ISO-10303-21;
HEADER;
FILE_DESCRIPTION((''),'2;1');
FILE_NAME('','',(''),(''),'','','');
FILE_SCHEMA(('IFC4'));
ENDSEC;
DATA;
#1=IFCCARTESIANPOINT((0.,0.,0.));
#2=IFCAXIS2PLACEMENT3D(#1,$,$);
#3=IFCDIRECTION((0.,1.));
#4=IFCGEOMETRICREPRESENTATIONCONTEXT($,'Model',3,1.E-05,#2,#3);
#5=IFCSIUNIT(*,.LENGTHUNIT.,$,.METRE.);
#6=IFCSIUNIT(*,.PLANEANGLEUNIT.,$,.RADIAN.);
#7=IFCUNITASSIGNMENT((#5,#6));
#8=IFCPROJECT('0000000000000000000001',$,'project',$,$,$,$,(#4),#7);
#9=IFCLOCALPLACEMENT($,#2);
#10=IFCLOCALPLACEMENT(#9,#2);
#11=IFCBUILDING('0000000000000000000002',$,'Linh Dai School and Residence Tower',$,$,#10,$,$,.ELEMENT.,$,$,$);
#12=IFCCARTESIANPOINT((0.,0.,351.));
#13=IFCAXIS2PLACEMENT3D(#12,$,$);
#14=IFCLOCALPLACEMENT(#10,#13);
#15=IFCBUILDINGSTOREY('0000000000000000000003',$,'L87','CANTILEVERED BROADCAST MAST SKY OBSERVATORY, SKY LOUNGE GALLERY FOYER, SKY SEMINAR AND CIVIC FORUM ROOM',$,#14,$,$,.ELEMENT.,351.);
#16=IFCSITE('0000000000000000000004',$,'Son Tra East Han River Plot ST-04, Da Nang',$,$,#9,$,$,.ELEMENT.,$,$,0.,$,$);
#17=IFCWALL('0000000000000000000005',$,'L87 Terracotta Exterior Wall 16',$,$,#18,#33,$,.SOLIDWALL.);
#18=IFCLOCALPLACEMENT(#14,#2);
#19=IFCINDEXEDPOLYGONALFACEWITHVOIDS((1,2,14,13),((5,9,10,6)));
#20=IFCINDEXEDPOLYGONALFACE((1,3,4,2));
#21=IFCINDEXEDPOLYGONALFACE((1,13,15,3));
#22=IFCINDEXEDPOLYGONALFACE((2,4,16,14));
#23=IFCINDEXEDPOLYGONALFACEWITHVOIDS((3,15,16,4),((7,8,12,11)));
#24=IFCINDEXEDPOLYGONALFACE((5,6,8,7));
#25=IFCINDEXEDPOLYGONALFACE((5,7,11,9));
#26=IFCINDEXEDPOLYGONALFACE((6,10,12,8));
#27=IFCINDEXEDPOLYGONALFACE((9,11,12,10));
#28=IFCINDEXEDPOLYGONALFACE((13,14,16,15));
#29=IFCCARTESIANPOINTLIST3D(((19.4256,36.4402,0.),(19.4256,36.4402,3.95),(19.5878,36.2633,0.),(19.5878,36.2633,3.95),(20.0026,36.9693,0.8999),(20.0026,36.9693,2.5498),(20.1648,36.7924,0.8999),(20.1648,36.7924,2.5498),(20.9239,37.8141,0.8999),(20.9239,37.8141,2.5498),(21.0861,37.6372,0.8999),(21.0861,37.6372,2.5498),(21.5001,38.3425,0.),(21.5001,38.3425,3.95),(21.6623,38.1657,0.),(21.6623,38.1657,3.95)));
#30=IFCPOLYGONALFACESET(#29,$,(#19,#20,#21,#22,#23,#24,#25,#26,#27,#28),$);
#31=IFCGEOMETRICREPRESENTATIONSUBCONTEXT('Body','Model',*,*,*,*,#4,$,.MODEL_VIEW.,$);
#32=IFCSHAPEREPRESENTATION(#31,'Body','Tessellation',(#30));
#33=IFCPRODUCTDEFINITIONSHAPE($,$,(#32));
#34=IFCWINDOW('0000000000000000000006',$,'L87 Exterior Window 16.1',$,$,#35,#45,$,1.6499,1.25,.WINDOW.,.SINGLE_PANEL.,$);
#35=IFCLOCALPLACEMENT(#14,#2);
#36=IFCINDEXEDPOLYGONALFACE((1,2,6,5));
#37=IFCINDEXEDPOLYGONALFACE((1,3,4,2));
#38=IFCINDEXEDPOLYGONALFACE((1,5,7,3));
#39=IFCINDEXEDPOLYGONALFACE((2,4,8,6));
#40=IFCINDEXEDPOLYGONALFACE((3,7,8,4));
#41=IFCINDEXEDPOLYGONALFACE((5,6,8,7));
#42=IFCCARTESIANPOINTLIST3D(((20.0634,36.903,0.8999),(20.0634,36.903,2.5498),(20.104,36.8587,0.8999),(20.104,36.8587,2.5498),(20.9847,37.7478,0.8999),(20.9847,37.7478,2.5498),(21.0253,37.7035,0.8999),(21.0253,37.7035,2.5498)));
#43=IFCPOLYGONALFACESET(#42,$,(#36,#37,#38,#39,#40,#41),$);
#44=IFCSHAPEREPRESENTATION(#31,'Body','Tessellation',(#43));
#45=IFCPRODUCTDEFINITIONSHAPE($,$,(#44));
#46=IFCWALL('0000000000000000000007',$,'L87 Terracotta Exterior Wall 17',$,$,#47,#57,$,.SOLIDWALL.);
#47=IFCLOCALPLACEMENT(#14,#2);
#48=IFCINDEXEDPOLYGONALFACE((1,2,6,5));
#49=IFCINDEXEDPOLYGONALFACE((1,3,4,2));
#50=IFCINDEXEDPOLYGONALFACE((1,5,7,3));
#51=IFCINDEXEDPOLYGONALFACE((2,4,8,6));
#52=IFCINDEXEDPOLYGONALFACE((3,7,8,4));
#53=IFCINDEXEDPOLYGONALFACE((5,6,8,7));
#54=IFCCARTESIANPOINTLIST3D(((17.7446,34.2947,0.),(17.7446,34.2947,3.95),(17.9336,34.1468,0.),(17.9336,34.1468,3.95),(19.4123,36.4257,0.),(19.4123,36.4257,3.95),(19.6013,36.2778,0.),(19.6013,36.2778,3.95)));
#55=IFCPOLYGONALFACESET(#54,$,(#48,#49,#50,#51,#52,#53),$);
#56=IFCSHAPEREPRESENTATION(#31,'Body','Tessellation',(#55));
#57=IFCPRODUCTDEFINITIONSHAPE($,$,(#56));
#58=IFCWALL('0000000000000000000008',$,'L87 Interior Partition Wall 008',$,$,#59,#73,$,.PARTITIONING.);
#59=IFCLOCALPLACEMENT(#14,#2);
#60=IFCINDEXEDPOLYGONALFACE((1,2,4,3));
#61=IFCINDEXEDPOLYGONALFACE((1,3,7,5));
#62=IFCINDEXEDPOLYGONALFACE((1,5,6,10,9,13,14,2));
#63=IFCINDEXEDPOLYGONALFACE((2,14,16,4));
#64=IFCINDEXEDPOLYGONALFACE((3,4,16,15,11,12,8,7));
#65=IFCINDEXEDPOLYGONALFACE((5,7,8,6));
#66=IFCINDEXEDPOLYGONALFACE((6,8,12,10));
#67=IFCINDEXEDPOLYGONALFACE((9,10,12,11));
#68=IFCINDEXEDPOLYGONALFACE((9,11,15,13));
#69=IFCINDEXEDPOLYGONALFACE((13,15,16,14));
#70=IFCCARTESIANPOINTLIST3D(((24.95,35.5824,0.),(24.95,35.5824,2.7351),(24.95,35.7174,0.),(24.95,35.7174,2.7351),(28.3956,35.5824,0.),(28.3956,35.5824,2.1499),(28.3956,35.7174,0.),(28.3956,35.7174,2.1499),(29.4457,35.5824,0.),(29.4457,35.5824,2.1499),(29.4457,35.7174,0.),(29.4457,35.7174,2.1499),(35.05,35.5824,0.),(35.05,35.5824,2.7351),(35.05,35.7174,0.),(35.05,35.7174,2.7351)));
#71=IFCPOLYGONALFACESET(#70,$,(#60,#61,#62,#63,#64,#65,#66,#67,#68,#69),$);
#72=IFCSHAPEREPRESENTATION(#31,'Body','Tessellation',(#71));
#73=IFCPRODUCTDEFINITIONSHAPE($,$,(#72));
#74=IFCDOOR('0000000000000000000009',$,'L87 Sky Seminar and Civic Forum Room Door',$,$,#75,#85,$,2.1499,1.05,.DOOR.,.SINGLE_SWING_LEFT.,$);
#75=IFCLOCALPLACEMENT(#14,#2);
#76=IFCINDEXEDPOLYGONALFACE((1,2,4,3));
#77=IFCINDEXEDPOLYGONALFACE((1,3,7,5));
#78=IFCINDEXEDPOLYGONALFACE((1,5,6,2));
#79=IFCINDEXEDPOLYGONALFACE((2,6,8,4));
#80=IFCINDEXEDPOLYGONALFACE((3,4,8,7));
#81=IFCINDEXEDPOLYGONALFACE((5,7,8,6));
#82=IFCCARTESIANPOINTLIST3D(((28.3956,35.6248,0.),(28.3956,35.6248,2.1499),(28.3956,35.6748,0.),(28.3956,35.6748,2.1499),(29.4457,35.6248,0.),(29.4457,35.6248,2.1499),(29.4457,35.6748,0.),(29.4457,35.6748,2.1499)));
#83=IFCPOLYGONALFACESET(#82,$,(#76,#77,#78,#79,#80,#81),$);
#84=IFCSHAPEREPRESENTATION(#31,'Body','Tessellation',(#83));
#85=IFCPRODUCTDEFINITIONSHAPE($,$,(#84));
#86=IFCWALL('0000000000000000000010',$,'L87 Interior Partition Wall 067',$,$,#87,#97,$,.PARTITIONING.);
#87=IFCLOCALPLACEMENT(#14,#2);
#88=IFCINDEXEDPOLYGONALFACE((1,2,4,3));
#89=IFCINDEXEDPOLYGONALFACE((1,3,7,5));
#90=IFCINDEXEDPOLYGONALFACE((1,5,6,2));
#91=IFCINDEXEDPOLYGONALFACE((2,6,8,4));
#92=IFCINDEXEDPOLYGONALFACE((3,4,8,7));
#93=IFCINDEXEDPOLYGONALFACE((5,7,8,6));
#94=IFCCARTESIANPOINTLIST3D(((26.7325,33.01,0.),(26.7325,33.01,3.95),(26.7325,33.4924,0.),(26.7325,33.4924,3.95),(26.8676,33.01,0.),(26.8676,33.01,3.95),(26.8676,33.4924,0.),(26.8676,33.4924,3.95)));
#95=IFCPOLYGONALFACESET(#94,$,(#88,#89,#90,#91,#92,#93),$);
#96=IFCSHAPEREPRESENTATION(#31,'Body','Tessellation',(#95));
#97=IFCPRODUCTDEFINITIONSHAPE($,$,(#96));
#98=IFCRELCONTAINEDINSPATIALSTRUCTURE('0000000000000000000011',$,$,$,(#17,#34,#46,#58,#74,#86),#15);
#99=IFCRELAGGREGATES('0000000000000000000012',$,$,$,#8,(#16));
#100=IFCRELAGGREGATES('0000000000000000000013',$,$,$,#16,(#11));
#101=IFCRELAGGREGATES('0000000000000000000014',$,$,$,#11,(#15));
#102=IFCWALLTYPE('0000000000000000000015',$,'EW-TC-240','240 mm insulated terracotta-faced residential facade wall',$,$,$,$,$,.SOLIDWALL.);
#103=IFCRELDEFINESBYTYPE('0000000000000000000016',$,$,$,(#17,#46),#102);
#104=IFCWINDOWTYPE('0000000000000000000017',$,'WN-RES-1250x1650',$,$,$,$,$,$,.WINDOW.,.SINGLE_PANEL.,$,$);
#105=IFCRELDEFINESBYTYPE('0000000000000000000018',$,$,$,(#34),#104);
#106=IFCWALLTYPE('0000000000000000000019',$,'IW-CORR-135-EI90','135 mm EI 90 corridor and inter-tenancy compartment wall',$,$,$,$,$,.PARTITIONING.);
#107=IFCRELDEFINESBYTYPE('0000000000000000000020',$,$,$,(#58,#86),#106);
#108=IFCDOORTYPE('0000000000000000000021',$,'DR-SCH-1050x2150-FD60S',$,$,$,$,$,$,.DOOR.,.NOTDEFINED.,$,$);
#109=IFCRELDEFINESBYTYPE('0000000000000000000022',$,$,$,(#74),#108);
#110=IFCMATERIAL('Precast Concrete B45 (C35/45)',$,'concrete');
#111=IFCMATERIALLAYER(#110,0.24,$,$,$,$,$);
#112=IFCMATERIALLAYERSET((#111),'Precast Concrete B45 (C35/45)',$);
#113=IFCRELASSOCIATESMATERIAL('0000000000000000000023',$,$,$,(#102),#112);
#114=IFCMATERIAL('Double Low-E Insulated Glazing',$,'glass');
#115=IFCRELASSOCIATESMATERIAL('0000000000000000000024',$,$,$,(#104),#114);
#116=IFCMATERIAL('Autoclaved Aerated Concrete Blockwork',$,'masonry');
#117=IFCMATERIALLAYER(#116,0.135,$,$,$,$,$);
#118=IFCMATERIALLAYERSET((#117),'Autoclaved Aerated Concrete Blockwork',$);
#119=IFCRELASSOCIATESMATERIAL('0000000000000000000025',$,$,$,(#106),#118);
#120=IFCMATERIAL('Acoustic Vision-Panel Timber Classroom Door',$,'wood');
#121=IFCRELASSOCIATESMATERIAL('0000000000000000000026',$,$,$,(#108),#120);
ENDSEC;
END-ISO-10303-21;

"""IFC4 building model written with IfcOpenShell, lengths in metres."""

from ifc_helpers import new_model, si_unit, direction, frame, frame_2d, origin, origin_2d, place, context, subcontext, project, spatial, rectangle, extrude, source, transform, mapped, material, layer, layer_set, type_object, element, fill, save


model = new_model("IFC4")

# Units and contexts
model_context = context("Model", 3, precision=1e-05, world=origin(), true_north=direction((0.0, 1.0)))
body_context = subcontext(model_context, "Body", "Model", "MODEL_VIEW")
ifc_project = project(units=[si_unit("LENGTHUNIT", "METRE"), si_unit("PLANEANGLEUNIT", "RADIAN")], contexts=[model_context])

# Site, building, storey
site_placement = place(None, origin())
site = spatial("IfcSite", under=ifc_project, at=site_placement, Name="Son Tra East Han River Plot ST-04, Da Nang", CompositionType="ELEMENT", RefElevation=0.0)
building_placement = place(site_placement, origin())
building = spatial("IfcBuilding", under=site, at=building_placement, Name="Linh Dai School and Residence Tower", CompositionType="ELEMENT")
storey_placement = place(building_placement, frame((0.0, 0.0, 351.0)))
storey = spatial("IfcBuildingStorey", under=building, at=storey_placement, Name="L87", Description="CANTILEVERED BROADCAST MAST SKY OBSERVATORY, SKY LOUNGE GALLERY FOYER, SKY SEMINAR AND CIVIC FORUM ROOM", CompositionType="ELEMENT", Elevation=351.0)

# Shared definitions
ifc_material_1 = material(Name="Double Low-E Insulated Glazing", Category="glass")

# Wall, opening, window
ifc_material_2 = material(Name="Precast Concrete B45 (C35/45)", Category="concrete")
ifc_layer_1 = layer(ifc_material_2, 0.24)
ifc_layer_set_1 = layer_set([ifc_layer_1], Name="Precast Concrete B45 (C35/45)")
wall_type_1 = type_object("IfcWallType", Name="EW-TC-240", Description="240 mm insulated terracotta-faced residential facade wall", PredefinedType="SOLIDWALL", material=ifc_layer_set_1)
window_type_1 = type_object("IfcWindowType", Name="WN-RES-1250x1650", PartitioningType="SINGLE_PANEL", PredefinedType="WINDOW", material=ifc_material_1)
shared_shape_1 = source(origin(), body_context, "Body", "SweptSolid", [
    extrude(rectangle(XDim=1.25, YDim=1.6499, at=origin_2d()), frame((0.625, 0.03, 0.825), z_axis=(0.0, -1.0, 0.0), x_axis=(1.0, 0.0, 0.0)), (0.0, 0.0, 1.0), 0.0601),
])
wall_1_placement = place(storey_placement, frame((19.5068, 36.3518, 0.0), z_axis=(0.0, 0.0, 1.0), x_axis=(0.737021, 0.67587, 0.0)))
wall_1 = element("IfcWall", 1, at=wall_1_placement, inside=storey, type_object=wall_type_1, Name="L87 Terracotta Exterior Wall 16", PredefinedType="SOLIDWALL", context=body_context, shape_type="SweptSolid", body=[
    extrude(rectangle(XDim=2.8147, YDim=0.24, at=frame_2d((1.4072, 0.0))), origin(), (0.0, 0.0, 1.0), 3.95),
])
opening_1_placement = place(wall_1_placement, frame((0.7827, 0.0, 0.8999)))
opening_1 = element("IfcOpeningElement", 2, at=opening_1_placement, cuts=wall_1, PredefinedType="OPENING", context=body_context, shape_type="SweptSolid", body=[
    extrude(rectangle(XDim=1.25, YDim=1.6499, at=origin_2d()), frame((0.625, 0.1299, 0.825), z_axis=(0.0, -1.0, 0.0), x_axis=(1.0, 0.0, 0.0)), (0.0, 0.0, 1.0), 0.26),
])
window_1_placement = place(opening_1_placement, origin())
window_1 = element("IfcWindow", 3, at=window_1_placement, inside=storey, type_object=window_type_1, Name="L87 Exterior Window 16.1", OverallHeight=1.6499, OverallWidth=1.25, PartitioningType="SINGLE_PANEL", PredefinedType="WINDOW", context=body_context, shape_type="MappedRepresentation", body=[
    mapped(shared_shape_1, transform((0.0, 0.0, 0.0), x_axis=(1.0, 0.0, 0.0), y_axis=(0.0, 1.0, 0.0), z_axis=(0.0, 0.0, 1.0), scale=1.0)),
])
fill(opening_1, window_1)

# Wall
wall_2_placement = place(storey_placement, frame((17.8391, 34.2207, 0.0), z_axis=(0.0, 0.0, 1.0), x_axis=(0.616286, 0.787522, 0.0)))
element("IfcWall", 4, at=wall_2_placement, inside=storey, type_object=wall_type_1, Name="L87 Terracotta Exterior Wall 17", PredefinedType="SOLIDWALL", context=body_context, shape_type="SweptSolid", body=[
    extrude(rectangle(XDim=2.7061, YDim=0.24, at=frame_2d((1.353, 0.0))), origin(), (0.0, 0.0, 1.0), 3.95),
])

# Wall, opening, door
ifc_material_3 = material(Name="Autoclaved Aerated Concrete Blockwork", Category="masonry")
ifc_layer_2 = layer(ifc_material_3, 0.135)
ifc_layer_set_2 = layer_set([ifc_layer_2], Name="Autoclaved Aerated Concrete Blockwork")
wall_type_2 = type_object("IfcWallType", Name="IW-CORR-135-EI90", Description="135 mm EI 90 corridor and inter-tenancy compartment wall", PredefinedType="PARTITIONING", material=ifc_layer_set_2)
wall_3_placement = place(storey_placement, frame((24.95, 35.6499, 0.0), z_axis=(0.0, 0.0, 1.0), x_axis=(1.0, 0.0, 0.0)))
wall_3 = element("IfcWall", 5, at=wall_3_placement, inside=storey, type_object=wall_type_2, Name="L87 Interior Partition Wall 008", PredefinedType="PARTITIONING", context=body_context, shape_type="SweptSolid", body=[
    extrude(rectangle(XDim=10.1001, YDim=0.135, at=frame_2d((5.05, 0.0))), origin(), (0.0, 0.0, 1.0), 2.7351),
])
opening_2_placement = place(wall_3_placement, frame((3.4458, 0.0, 0.0)))
opening_2 = element("IfcOpeningElement", 6, at=opening_2_placement, cuts=wall_3, PredefinedType="OPENING", context=body_context, shape_type="SweptSolid", body=[
    extrude(rectangle(XDim=1.05, YDim=2.1499, at=origin_2d()), frame((0.5249, 0.0776, 1.075), z_axis=(0.0, -1.0, 0.0), x_axis=(1.0, 0.0, 0.0)), (0.0, 0.0, 1.0), 0.155),
])
ifc_material_4 = material(Name="Acoustic Vision-Panel Timber Classroom Door", Category="wood")
door_type = type_object("IfcDoorType", Name="DR-SCH-1050x2150-FD60S", OperationType="NOTDEFINED", PredefinedType="DOOR", material=ifc_material_4)
shared_shape_2 = source(origin(), body_context, "Body", "SweptSolid", [
    extrude(rectangle(XDim=1.05, YDim=2.1499, at=origin_2d()), frame((0.5249, 0.0249, 1.075), z_axis=(0.0, -1.0, 0.0), x_axis=(1.0, 0.0, 0.0)), (0.0, 0.0, 1.0), 0.05),
])
door_placement = place(opening_2_placement, origin())
door = element("IfcDoor", 7, at=door_placement, inside=storey, type_object=door_type, Name="L87 Sky Seminar and Civic Forum Room Door", OperationType="SINGLE_SWING_LEFT", OverallHeight=2.1499, OverallWidth=1.05, PredefinedType="DOOR", context=body_context, shape_type="MappedRepresentation", body=[
    mapped(shared_shape_2, transform((0.0, 0.0, 0.0), x_axis=(1.0, 0.0, 0.0), y_axis=(0.0, 1.0, 0.0), z_axis=(0.0, 0.0, 1.0), scale=1.0)),
])
fill(opening_2, door)

# Wall
wall_4_placement = place(storey_placement, frame((26.8, 33.4924, 0.0), z_axis=(0.0, 0.0, 1.0), x_axis=(0.0, -1.0, 0.0)))
element("IfcWall", 8, at=wall_4_placement, inside=storey, type_object=wall_type_2, Name="L87 Interior Partition Wall 067", PredefinedType="PARTITIONING", context=body_context, shape_type="SweptSolid", body=[
    extrude(rectangle(XDim=0.4824, YDim=0.135, at=frame_2d((0.2412, 0.0))), origin(), (0.0, 0.0, 1.0), 3.95),
])

save(model, "model.ifc")
